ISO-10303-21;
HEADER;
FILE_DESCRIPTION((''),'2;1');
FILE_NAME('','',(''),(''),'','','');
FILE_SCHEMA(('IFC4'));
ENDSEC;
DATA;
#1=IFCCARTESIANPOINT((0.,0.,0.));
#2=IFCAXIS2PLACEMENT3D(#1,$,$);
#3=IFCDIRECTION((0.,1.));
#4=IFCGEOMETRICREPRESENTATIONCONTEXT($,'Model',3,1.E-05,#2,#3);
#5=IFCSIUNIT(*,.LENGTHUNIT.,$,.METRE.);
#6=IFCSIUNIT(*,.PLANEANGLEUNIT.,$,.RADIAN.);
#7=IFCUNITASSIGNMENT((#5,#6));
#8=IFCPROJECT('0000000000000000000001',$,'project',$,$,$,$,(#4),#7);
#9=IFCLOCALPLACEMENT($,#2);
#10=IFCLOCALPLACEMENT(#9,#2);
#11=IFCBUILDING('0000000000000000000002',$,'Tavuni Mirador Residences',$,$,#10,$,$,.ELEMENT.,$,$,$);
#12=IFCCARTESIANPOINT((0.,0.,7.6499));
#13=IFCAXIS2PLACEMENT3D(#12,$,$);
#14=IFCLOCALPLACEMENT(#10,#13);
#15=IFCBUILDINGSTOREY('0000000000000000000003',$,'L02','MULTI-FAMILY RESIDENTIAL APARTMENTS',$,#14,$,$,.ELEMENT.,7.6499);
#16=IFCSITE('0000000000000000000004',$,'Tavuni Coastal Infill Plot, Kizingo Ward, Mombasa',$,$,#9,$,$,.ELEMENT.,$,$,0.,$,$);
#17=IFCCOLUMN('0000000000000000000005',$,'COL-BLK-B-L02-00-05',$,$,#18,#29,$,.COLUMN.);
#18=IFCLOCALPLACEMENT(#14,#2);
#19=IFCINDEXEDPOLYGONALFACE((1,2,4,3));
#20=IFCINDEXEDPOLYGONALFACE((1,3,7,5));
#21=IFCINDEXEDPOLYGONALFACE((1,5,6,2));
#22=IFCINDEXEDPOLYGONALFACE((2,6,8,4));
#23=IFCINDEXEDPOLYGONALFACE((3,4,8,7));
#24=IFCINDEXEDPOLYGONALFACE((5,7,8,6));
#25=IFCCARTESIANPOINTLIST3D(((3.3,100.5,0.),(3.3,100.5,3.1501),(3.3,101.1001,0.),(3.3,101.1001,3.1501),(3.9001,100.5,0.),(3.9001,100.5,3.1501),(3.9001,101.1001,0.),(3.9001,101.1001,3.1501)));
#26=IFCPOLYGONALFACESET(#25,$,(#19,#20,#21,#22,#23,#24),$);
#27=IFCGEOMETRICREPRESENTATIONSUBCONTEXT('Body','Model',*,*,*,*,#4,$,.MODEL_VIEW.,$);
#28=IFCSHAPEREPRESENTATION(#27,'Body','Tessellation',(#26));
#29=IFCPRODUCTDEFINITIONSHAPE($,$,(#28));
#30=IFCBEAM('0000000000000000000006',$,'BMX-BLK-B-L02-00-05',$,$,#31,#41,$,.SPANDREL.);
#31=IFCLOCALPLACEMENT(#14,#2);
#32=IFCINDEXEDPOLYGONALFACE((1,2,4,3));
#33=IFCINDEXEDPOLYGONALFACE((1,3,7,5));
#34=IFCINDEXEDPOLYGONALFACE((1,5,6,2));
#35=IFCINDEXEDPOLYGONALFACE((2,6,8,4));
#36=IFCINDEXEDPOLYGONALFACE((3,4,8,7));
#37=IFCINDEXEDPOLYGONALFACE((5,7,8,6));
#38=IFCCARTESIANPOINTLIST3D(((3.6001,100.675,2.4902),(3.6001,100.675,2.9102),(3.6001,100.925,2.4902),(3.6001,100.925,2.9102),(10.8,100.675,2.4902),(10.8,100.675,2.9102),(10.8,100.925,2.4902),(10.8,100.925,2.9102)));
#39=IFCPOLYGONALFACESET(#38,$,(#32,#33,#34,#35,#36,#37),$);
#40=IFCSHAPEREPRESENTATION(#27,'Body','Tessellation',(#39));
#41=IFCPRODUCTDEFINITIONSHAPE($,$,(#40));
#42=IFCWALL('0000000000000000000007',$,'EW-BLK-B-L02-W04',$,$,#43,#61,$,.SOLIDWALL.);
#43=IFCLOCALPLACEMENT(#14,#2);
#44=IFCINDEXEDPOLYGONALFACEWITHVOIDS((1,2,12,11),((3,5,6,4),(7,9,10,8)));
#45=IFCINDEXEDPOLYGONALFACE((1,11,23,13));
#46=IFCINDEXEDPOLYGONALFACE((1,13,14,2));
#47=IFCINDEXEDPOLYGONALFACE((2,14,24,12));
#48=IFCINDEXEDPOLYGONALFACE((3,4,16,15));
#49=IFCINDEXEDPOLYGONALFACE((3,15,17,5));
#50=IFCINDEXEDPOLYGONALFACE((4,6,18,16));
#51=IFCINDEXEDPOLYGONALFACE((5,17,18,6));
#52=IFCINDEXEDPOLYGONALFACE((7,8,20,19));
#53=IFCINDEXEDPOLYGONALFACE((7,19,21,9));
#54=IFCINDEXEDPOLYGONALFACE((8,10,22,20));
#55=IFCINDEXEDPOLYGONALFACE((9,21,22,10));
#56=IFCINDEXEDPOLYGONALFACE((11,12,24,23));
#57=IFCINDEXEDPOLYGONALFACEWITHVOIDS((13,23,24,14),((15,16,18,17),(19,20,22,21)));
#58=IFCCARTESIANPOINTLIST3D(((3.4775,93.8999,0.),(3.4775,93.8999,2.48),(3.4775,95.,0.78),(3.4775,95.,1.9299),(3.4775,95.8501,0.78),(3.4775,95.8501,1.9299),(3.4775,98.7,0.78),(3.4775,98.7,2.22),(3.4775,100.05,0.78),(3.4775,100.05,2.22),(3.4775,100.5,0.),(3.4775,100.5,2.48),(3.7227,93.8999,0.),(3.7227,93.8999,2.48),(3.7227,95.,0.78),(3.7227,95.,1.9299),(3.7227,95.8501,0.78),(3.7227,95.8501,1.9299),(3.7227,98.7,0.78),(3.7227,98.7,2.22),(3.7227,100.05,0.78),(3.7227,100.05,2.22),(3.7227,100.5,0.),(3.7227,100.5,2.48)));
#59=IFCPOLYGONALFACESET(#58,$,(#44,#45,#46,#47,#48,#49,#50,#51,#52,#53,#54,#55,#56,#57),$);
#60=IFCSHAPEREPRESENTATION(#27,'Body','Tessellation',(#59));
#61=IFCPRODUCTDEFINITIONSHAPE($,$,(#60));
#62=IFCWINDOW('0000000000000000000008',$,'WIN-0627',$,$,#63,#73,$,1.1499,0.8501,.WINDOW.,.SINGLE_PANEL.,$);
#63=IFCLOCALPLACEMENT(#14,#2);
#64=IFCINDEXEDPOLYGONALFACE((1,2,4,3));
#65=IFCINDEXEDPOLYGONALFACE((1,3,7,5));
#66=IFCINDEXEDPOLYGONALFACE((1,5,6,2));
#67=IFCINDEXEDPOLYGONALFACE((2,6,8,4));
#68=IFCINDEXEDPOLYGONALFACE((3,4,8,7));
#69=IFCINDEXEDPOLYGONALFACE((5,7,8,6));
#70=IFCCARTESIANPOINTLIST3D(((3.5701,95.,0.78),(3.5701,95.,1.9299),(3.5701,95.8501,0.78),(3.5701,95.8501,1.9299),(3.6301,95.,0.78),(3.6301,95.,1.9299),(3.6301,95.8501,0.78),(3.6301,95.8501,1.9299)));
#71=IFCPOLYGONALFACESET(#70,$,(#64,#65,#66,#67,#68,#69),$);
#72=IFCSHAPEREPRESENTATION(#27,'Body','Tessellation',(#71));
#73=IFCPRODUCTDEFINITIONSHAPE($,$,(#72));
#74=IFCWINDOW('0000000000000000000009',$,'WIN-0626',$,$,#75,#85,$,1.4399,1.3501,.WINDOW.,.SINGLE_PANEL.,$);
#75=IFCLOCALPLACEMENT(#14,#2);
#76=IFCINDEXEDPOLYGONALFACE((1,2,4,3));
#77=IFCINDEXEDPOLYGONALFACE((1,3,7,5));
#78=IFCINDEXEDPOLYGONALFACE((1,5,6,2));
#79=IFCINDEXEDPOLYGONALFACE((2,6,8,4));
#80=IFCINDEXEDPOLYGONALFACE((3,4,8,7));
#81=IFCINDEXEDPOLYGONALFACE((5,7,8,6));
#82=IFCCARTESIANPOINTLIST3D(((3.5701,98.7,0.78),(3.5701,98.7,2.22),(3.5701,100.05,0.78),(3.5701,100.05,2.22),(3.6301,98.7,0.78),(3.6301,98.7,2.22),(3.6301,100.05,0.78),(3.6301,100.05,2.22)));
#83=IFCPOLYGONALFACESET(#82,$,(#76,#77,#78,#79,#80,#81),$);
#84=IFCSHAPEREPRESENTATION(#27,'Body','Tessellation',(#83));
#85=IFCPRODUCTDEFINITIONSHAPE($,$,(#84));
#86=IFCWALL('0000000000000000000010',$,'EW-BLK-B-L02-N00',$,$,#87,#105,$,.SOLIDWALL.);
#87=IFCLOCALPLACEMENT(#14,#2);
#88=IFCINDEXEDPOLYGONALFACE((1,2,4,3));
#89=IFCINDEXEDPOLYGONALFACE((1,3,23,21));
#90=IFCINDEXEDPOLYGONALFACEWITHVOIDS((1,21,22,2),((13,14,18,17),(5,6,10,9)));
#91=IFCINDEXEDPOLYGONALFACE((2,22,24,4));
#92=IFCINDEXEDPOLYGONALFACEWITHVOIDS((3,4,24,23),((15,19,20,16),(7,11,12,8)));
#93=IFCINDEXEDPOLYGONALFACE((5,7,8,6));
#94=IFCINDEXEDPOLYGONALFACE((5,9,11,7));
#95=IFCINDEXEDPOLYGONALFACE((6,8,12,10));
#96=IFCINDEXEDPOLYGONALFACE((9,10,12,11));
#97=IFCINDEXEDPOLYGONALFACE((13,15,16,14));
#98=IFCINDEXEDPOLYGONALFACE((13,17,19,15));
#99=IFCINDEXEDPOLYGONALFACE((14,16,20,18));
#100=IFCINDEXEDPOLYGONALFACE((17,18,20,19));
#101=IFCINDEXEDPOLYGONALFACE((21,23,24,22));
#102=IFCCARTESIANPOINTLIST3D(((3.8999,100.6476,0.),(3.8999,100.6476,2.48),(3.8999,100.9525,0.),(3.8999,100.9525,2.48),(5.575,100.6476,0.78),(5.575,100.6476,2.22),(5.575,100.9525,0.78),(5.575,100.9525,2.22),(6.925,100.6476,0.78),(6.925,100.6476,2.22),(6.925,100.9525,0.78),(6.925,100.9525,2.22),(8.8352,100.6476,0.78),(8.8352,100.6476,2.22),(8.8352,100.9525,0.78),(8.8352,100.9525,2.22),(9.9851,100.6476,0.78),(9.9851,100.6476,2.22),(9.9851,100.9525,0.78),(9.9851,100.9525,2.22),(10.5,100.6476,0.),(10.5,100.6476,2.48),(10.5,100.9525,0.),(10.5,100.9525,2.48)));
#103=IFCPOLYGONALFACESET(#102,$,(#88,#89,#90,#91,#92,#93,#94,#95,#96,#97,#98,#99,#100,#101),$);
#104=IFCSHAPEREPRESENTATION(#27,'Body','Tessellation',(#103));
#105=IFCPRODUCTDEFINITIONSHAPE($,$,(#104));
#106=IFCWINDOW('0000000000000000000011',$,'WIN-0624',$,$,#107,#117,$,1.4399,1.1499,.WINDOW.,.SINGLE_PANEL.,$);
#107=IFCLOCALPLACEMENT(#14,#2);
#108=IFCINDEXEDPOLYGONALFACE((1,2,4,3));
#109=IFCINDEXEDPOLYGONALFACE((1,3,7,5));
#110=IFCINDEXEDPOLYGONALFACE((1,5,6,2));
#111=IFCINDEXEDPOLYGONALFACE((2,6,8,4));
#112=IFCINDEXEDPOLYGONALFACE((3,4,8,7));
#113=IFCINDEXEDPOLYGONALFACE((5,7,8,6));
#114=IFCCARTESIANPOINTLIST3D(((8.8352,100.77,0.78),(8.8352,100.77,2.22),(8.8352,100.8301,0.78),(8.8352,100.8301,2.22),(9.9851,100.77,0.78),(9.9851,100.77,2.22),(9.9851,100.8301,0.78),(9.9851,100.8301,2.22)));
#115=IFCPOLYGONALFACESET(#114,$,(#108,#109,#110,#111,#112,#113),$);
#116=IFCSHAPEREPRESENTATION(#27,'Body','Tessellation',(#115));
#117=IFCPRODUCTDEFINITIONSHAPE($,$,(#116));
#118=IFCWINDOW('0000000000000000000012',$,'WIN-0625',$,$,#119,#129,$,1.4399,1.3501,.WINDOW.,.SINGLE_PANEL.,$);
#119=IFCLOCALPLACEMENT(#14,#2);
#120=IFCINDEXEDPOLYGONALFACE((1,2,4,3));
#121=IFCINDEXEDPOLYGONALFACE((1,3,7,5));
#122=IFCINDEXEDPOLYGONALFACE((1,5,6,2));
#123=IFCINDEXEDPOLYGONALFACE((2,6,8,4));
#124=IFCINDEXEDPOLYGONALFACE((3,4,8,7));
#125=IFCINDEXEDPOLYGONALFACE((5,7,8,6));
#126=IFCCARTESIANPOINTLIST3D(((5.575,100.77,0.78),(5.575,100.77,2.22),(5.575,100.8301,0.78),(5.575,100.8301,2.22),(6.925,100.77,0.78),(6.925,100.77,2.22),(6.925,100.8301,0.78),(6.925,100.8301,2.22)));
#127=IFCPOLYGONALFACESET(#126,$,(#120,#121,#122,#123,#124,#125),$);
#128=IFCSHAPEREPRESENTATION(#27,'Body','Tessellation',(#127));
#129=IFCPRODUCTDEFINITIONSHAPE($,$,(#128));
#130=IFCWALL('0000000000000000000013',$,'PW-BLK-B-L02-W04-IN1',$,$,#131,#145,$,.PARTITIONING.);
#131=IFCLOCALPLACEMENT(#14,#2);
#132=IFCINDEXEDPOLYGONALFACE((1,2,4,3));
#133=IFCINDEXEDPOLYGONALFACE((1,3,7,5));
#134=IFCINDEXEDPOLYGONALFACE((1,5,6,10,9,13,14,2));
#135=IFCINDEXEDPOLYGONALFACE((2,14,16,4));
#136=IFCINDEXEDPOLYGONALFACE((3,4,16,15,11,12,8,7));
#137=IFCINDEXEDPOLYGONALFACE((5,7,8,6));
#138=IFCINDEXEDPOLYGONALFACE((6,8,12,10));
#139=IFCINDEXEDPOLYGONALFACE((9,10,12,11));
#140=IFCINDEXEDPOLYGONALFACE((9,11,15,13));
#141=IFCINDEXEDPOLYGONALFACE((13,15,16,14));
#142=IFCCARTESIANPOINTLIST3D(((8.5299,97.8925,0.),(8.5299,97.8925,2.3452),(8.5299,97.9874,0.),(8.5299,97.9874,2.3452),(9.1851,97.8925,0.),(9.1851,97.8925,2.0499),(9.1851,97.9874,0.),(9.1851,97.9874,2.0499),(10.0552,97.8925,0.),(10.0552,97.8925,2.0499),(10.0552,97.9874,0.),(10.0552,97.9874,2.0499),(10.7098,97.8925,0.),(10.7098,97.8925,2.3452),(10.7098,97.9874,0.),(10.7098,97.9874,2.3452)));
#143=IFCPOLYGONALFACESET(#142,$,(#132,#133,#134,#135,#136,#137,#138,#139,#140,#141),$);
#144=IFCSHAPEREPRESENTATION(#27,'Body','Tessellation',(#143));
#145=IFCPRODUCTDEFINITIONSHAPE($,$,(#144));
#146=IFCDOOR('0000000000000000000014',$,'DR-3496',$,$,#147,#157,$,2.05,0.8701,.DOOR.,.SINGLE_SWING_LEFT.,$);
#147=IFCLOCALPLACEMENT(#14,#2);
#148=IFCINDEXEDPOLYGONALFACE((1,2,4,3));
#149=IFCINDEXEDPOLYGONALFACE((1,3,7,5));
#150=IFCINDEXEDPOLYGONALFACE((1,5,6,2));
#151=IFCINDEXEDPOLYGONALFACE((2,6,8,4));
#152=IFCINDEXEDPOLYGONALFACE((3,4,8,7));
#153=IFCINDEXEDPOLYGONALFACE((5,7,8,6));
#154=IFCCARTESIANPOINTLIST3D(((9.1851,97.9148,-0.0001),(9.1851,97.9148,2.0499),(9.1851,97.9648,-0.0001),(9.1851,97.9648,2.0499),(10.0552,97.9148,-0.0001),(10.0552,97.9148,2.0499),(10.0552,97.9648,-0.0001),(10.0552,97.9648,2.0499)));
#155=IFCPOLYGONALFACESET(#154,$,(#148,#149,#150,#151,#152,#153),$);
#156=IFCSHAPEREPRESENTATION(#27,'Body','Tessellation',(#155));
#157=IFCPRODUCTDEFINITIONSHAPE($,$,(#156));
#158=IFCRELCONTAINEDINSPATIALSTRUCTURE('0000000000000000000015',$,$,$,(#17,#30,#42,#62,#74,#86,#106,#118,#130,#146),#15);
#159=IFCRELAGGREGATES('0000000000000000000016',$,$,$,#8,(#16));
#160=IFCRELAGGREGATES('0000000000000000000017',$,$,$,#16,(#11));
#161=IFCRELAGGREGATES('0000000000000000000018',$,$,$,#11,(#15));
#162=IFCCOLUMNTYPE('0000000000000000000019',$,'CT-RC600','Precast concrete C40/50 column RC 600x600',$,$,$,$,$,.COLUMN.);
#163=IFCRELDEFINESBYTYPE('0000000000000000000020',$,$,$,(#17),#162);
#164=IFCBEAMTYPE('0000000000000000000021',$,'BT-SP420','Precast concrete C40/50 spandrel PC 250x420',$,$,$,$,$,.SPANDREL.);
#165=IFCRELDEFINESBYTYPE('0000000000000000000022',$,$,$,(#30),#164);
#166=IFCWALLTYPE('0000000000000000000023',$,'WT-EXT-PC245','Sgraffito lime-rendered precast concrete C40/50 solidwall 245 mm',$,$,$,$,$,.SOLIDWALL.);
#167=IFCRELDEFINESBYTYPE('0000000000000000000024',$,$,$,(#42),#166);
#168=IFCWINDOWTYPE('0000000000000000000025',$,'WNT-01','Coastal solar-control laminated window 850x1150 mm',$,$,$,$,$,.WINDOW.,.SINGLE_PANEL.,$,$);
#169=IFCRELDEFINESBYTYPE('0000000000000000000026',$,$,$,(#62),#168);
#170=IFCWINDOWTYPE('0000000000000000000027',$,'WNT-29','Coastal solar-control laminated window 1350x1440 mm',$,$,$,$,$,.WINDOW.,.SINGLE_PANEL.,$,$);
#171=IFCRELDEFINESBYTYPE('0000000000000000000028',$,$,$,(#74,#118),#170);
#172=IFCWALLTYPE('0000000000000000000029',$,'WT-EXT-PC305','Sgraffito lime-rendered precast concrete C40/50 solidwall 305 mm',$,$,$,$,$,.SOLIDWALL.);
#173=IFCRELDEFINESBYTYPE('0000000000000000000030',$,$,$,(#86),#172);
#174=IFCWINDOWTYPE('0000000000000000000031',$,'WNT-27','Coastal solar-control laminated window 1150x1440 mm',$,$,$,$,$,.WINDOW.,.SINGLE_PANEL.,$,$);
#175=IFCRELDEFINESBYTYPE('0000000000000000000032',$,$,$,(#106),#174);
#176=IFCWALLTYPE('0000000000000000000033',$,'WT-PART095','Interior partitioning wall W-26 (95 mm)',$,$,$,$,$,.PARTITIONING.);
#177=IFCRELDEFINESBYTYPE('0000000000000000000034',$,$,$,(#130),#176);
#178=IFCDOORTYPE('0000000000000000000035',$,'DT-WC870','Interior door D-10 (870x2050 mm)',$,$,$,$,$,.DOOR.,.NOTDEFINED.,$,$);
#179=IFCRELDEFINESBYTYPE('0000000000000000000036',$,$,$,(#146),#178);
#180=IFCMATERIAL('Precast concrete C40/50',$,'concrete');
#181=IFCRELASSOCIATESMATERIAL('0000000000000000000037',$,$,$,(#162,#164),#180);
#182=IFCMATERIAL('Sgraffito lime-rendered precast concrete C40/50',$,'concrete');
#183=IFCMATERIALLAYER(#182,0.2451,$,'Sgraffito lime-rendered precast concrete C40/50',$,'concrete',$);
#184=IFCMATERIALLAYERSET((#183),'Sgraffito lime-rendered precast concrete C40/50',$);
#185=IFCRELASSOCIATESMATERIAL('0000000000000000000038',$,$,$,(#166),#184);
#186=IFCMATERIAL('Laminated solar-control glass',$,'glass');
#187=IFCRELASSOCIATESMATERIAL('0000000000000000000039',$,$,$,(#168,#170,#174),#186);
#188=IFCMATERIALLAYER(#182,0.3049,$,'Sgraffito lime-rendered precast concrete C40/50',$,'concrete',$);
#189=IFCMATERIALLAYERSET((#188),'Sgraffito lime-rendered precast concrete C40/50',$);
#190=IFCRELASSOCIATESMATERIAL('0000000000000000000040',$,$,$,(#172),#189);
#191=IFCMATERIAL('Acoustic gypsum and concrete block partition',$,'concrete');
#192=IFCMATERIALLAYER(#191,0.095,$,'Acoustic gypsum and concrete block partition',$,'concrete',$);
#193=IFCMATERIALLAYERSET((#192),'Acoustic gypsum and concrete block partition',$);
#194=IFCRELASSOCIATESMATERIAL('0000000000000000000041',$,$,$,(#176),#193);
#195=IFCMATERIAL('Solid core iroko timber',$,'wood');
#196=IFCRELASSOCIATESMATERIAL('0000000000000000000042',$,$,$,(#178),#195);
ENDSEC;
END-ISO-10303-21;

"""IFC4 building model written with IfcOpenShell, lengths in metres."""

from ifc_helpers import new_model, si_unit, direction, frame, frame_2d, origin, origin_2d, place, context, subcontext, project, spatial, rectangle, extrude, material, layer, layer_set, material_profile, profile_set, type_object, element, fill, save


model = new_model("IFC4")

# Units and contexts
model_context = context("Model", 3, precision=1e-05, world=origin(), true_north=direction((0.0, 1.0)))
body_context = subcontext(model_context, "Body", "Model", "MODEL_VIEW")
ifc_project = project(units=[si_unit("LENGTHUNIT", "METRE"), si_unit("PLANEANGLEUNIT", "RADIAN")], contexts=[model_context])

# Site, building, storey
site_placement = place(None, origin())
site = spatial("IfcSite", under=ifc_project, at=site_placement, Name="Tavuni Coastal Infill Plot, Kizingo Ward, Mombasa", CompositionType="ELEMENT", RefElevation=0.0)
building_placement = place(site_placement, origin())
building = spatial("IfcBuilding", under=site, at=building_placement, Name="Tavuni Mirador Residences", CompositionType="ELEMENT")
storey_placement = place(building_placement, frame((0.0, 0.0, 7.6499)))
storey = spatial("IfcBuildingStorey", under=building, at=storey_placement, Name="L02", Description="MULTI-FAMILY RESIDENTIAL APARTMENTS", CompositionType="ELEMENT", Elevation=7.6499)

# Column
ifc_material_1 = material(Name="Precast concrete C40/50", Category="concrete")
ifc_material_profile_1 = material_profile(ifc_material_1, rectangle(XDim=0.6001, YDim=0.6001, at=origin_2d()), Name="RC 600x600", Category="concrete")
ifc_profile_set_1 = profile_set([ifc_material_profile_1], Name="Precast concrete C40/50")
column_type = type_object("IfcColumnType", Name="CT-RC600", Description="Precast concrete C40/50 column RC 600x600", PredefinedType="COLUMN", material=ifc_profile_set_1)
column_placement = place(storey_placement, frame((3.6001, 100.8, 0.0), z_axis=(0.0, 0.0, 1.0), x_axis=(1.0, 0.0, 0.0)))
element("IfcColumn", 1, at=column_placement, inside=storey, type_object=column_type, Name="COL-BLK-B-L02-00-05", PredefinedType="COLUMN", context=body_context, shape_type="SweptSolid", body=[
    extrude(rectangle(XDim=0.6001, YDim=0.6001, at=origin_2d()), origin(), (0.0, 0.0, 1.0), 3.1501),
])

# Beam
ifc_material_profile_2 = material_profile(ifc_material_1, rectangle(XDim=0.25, YDim=0.4199, at=origin_2d()), Name="PC 250x420", Category="concrete")
ifc_profile_set_2 = profile_set([ifc_material_profile_2], Name="Precast concrete C40/50")
beam_type = type_object("IfcBeamType", Name="BT-SP420", Description="Precast concrete C40/50 spandrel PC 250x420", PredefinedType="SPANDREL", material=ifc_profile_set_2)
beam_placement = place(storey_placement, frame((3.6001, 100.8, 2.7002), z_axis=(1.0, 0.0, 0.0), x_axis=(0.0, 1.0, 0.0)))
element("IfcBeam", 2, at=beam_placement, inside=storey, type_object=beam_type, Name="BMX-BLK-B-L02-00-05", PredefinedType="SPANDREL", context=body_context, shape_type="SweptSolid", body=[
    extrude(rectangle(XDim=0.25, YDim=0.4199, at=origin_2d()), origin(), (0.0, 0.0, 1.0), 7.2),
])

# Walls, openings, windows
ifc_material_2 = material(Name="Sgraffito lime-rendered precast concrete C40/50", Category="concrete")
ifc_layer_1 = layer(ifc_material_2, 0.2451, Name="Sgraffito lime-rendered precast concrete C40/50", Category="concrete")
ifc_layer_set_1 = layer_set([ifc_layer_1], Name="Sgraffito lime-rendered precast concrete C40/50")
wall_type_1 = type_object("IfcWallType", Name="WT-EXT-PC245", Description="Sgraffito lime-rendered precast concrete C40/50 solidwall 245 mm", PredefinedType="SOLIDWALL", material=ifc_layer_set_1)
wall_1_placement = place(storey_placement, frame((3.6001, 100.5, 0.0), z_axis=(0.0, 0.0, 1.0), x_axis=(0.0, -1.0, 0.0)))
wall_1 = element("IfcWall", 3, at=wall_1_placement, inside=storey, type_object=wall_type_1, Name="EW-BLK-B-L02-W04", PredefinedType="SOLIDWALL", context=body_context, shape_type="SweptSolid", body=[
    extrude(rectangle(XDim=6.6001, YDim=0.2451, at=frame_2d((3.3, 0.0))), origin(), (0.0, 0.0, 1.0), 2.48),
])
opening_1_placement = place(wall_1_placement, frame((0.45, 0.0, 0.78)))
opening_1 = element("IfcOpeningElement", 4, at=opening_1_placement, cuts=wall_1, PredefinedType="OPENING", context=body_context, shape_type="SweptSolid", body=[
    extrude(rectangle(XDim=1.3501, YDim=1.4399, at=frame_2d((0.675, 0.72))), frame((0.0, 0.1326, 0.0), z_axis=(0.0, -1.0, 0.0), x_axis=(1.0, 0.0, 0.0)), (0.0, 0.0, 1.0), 0.2651),
])
opening_2_placement = place(wall_1_placement, frame((4.6499, 0.0, 0.78)))
opening_2 = element("IfcOpeningElement", 5, at=opening_2_placement, cuts=wall_1, PredefinedType="OPENING", context=body_context, shape_type="SweptSolid", body=[
    extrude(rectangle(XDim=0.8501, YDim=1.1499, at=frame_2d((0.425, 0.575))), frame((0.0, 0.1326, 0.0), z_axis=(0.0, -1.0, 0.0), x_axis=(1.0, 0.0, 0.0)), (0.0, 0.0, 1.0), 0.2651),
])
ifc_material_3 = material(Name="Laminated solar-control glass", Category="glass")
window_type_1 = type_object("IfcWindowType", Name="WNT-01", Description="Coastal solar-control laminated window 850x1150 mm", PartitioningType="SINGLE_PANEL", PredefinedType="WINDOW", material=ifc_material_3)
window_1_placement = place(opening_2_placement, origin())
window_1 = element("IfcWindow", 6, at=window_1_placement, inside=storey, type_object=window_type_1, Name="WIN-0627", OverallHeight=1.1499, OverallWidth=0.8501, PartitioningType="SINGLE_PANEL", PredefinedType="WINDOW", context=body_context, shape_type="SweptSolid", body=[
    extrude(rectangle(XDim=0.8501, YDim=1.1499, at=frame_2d((0.425, 0.575))), frame((0.0, 0.03, 0.0), z_axis=(0.0, -1.0, 0.0), x_axis=(1.0, 0.0, 0.0)), (0.0, 0.0, 1.0), 0.0601),
])
fill(opening_2, window_1)
window_type_2 = type_object("IfcWindowType", Name="WNT-29", Description="Coastal solar-control laminated window 1350x1440 mm", PartitioningType="SINGLE_PANEL", PredefinedType="WINDOW", material=ifc_material_3)
window_2_placement = place(opening_1_placement, origin())
window_2 = element("IfcWindow", 7, at=window_2_placement, inside=storey, type_object=window_type_2, Name="WIN-0626", OverallHeight=1.4399, OverallWidth=1.3501, PartitioningType="SINGLE_PANEL", PredefinedType="WINDOW", context=body_context, shape_type="SweptSolid", body=[
    extrude(rectangle(XDim=1.3501, YDim=1.4399, at=frame_2d((0.675, 0.72))), frame((0.0, 0.03, 0.0), z_axis=(0.0, -1.0, 0.0), x_axis=(1.0, 0.0, 0.0)), (0.0, 0.0, 1.0), 0.0601),
])
fill(opening_1, window_2)
ifc_layer_2 = layer(ifc_material_2, 0.3049, Name="Sgraffito lime-rendered precast concrete C40/50", Category="concrete")
ifc_layer_set_2 = layer_set([ifc_layer_2], Name="Sgraffito lime-rendered precast concrete C40/50")
wall_type_2 = type_object("IfcWallType", Name="WT-EXT-PC305", Description="Sgraffito lime-rendered precast concrete C40/50 solidwall 305 mm", PredefinedType="SOLIDWALL", material=ifc_layer_set_2)
wall_2_placement = place(storey_placement, frame((10.5, 100.8, 0.0), z_axis=(0.0, 0.0, 1.0), x_axis=(-1.0, 0.0, 0.0)))
wall_2 = element("IfcWall", 8, at=wall_2_placement, inside=storey, type_object=wall_type_2, Name="EW-BLK-B-L02-N00", PredefinedType="SOLIDWALL", context=body_context, shape_type="SweptSolid", body=[
    extrude(rectangle(XDim=6.6001, YDim=0.3049, at=frame_2d((3.3, 0.0))), origin(), (0.0, 0.0, 1.0), 2.48),
])
opening_3_placement = place(wall_2_placement, frame((0.5149, 0.0, 0.78)))
opening_3 = element("IfcOpeningElement", 9, at=opening_3_placement, cuts=wall_2, PredefinedType="OPENING", context=body_context, shape_type="SweptSolid", body=[
    extrude(rectangle(XDim=1.1499, YDim=1.4399, at=frame_2d((0.575, 0.72))), frame((0.0, 0.1626, 0.0), z_axis=(0.0, -1.0, 0.0), x_axis=(1.0, 0.0, 0.0)), (0.0, 0.0, 1.0), 0.325),
])
opening_4_placement = place(wall_2_placement, frame((3.575, 0.0, 0.78)))
opening_4 = element("IfcOpeningElement", 10, at=opening_4_placement, cuts=wall_2, PredefinedType="OPENING", context=body_context, shape_type="SweptSolid", body=[
    extrude(rectangle(XDim=1.3501, YDim=1.4399, at=frame_2d((0.675, 0.72))), frame((0.0, 0.1626, 0.0), z_axis=(0.0, -1.0, 0.0), x_axis=(1.0, 0.0, 0.0)), (0.0, 0.0, 1.0), 0.325),
])
window_type_3 = type_object("IfcWindowType", Name="WNT-27", Description="Coastal solar-control laminated window 1150x1440 mm", PartitioningType="SINGLE_PANEL", PredefinedType="WINDOW", material=ifc_material_3)
window_3_placement = place(opening_3_placement, origin())
window_3 = element("IfcWindow", 11, at=window_3_placement, inside=storey, type_object=window_type_3, Name="WIN-0624", OverallHeight=1.4399, OverallWidth=1.1499, PartitioningType="SINGLE_PANEL", PredefinedType="WINDOW", context=body_context, shape_type="SweptSolid", body=[
    extrude(rectangle(XDim=1.1499, YDim=1.4399, at=frame_2d((0.575, 0.72))), frame((0.0, 0.03, 0.0), z_axis=(0.0, -1.0, 0.0), x_axis=(1.0, 0.0, 0.0)), (0.0, 0.0, 1.0), 0.0601),
])
fill(opening_3, window_3)
window_4_placement = place(opening_4_placement, origin())
window_4 = element("IfcWindow", 12, at=window_4_placement, inside=storey, type_object=window_type_2, Name="WIN-0625", OverallHeight=1.4399, OverallWidth=1.3501, PartitioningType="SINGLE_PANEL", PredefinedType="WINDOW", context=body_context, shape_type="SweptSolid", body=[
    extrude(rectangle(XDim=1.3501, YDim=1.4399, at=frame_2d((0.675, 0.72))), frame((0.0, 0.03, 0.0), z_axis=(0.0, -1.0, 0.0), x_axis=(1.0, 0.0, 0.0)), (0.0, 0.0, 1.0), 0.0601),
])
fill(opening_4, window_4)

# Wall, opening, door
ifc_material_4 = material(Name="Acoustic gypsum and concrete block partition", Category="concrete")
ifc_layer_3 = layer(ifc_material_4, 0.095, Name="Acoustic gypsum and concrete block partition", Category="concrete")
ifc_layer_set_3 = layer_set([ifc_layer_3], Name="Acoustic gypsum and concrete block partition")
wall_type_3 = type_object("IfcWallType", Name="WT-PART095", Description="Interior partitioning wall W-26 (95 mm)", PredefinedType="PARTITIONING", material=ifc_layer_set_3)
wall_3_placement = place(storey_placement, frame((8.53, 97.9399, 0.0), z_axis=(0.0, 0.0, 1.0), x_axis=(1.0, 0.0, 0.0)))
wall_3 = element("IfcWall", 13, at=wall_3_placement, inside=storey, type_object=wall_type_3, Name="PW-BLK-B-L02-W04-IN1", PredefinedType="PARTITIONING", context=body_context, shape_type="SweptSolid", body=[
    extrude(rectangle(XDim=2.1799, YDim=0.095, at=frame_2d((1.0898, 0.0))), origin(), (0.0, 0.0, 1.0), 2.3452),
])
opening_5_placement = place(wall_3_placement, frame((0.655, 0.0, 0.0)))
opening_5 = element("IfcOpeningElement", 14, at=opening_5_placement, cuts=wall_3, PredefinedType="OPENING", context=body_context, shape_type="SweptSolid", body=[
    extrude(rectangle(XDim=0.8701, YDim=2.05, at=frame_2d((0.4351, 1.0249))), frame((0.0, 0.0576, 0.0), z_axis=(0.0, -1.0, 0.0), x_axis=(1.0, 0.0, 0.0)), (0.0, 0.0, 1.0), 0.115),
])
ifc_material_5 = material(Name="Solid core iroko timber", Category="wood")
door_type_1 = type_object("IfcDoorType", Name="DT-WC870", Description="Interior door D-10 (870x2050 mm)", OperationType="NOTDEFINED", PredefinedType="DOOR", material=ifc_material_5)
door_1_placement = place(opening_5_placement, origin())
door_1 = element("IfcDoor", 15, at=door_1_placement, inside=storey, type_object=door_type_1, Name="DR-3496", OperationType="SINGLE_SWING_LEFT", OverallHeight=2.05, OverallWidth=0.8701, PredefinedType="DOOR", context=body_context, shape_type="SweptSolid", body=[
    extrude(rectangle(XDim=0.8701, YDim=2.05, at=frame_2d((0.4351, 1.0249))), frame((0.0, 0.0249, 0.0), z_axis=(0.0, -1.0, 0.0), x_axis=(1.0, 0.0, 0.0)), (0.0, 0.0, 1.0), 0.05),
])
fill(opening_5, door_1)

save(model, "model.ifc")
